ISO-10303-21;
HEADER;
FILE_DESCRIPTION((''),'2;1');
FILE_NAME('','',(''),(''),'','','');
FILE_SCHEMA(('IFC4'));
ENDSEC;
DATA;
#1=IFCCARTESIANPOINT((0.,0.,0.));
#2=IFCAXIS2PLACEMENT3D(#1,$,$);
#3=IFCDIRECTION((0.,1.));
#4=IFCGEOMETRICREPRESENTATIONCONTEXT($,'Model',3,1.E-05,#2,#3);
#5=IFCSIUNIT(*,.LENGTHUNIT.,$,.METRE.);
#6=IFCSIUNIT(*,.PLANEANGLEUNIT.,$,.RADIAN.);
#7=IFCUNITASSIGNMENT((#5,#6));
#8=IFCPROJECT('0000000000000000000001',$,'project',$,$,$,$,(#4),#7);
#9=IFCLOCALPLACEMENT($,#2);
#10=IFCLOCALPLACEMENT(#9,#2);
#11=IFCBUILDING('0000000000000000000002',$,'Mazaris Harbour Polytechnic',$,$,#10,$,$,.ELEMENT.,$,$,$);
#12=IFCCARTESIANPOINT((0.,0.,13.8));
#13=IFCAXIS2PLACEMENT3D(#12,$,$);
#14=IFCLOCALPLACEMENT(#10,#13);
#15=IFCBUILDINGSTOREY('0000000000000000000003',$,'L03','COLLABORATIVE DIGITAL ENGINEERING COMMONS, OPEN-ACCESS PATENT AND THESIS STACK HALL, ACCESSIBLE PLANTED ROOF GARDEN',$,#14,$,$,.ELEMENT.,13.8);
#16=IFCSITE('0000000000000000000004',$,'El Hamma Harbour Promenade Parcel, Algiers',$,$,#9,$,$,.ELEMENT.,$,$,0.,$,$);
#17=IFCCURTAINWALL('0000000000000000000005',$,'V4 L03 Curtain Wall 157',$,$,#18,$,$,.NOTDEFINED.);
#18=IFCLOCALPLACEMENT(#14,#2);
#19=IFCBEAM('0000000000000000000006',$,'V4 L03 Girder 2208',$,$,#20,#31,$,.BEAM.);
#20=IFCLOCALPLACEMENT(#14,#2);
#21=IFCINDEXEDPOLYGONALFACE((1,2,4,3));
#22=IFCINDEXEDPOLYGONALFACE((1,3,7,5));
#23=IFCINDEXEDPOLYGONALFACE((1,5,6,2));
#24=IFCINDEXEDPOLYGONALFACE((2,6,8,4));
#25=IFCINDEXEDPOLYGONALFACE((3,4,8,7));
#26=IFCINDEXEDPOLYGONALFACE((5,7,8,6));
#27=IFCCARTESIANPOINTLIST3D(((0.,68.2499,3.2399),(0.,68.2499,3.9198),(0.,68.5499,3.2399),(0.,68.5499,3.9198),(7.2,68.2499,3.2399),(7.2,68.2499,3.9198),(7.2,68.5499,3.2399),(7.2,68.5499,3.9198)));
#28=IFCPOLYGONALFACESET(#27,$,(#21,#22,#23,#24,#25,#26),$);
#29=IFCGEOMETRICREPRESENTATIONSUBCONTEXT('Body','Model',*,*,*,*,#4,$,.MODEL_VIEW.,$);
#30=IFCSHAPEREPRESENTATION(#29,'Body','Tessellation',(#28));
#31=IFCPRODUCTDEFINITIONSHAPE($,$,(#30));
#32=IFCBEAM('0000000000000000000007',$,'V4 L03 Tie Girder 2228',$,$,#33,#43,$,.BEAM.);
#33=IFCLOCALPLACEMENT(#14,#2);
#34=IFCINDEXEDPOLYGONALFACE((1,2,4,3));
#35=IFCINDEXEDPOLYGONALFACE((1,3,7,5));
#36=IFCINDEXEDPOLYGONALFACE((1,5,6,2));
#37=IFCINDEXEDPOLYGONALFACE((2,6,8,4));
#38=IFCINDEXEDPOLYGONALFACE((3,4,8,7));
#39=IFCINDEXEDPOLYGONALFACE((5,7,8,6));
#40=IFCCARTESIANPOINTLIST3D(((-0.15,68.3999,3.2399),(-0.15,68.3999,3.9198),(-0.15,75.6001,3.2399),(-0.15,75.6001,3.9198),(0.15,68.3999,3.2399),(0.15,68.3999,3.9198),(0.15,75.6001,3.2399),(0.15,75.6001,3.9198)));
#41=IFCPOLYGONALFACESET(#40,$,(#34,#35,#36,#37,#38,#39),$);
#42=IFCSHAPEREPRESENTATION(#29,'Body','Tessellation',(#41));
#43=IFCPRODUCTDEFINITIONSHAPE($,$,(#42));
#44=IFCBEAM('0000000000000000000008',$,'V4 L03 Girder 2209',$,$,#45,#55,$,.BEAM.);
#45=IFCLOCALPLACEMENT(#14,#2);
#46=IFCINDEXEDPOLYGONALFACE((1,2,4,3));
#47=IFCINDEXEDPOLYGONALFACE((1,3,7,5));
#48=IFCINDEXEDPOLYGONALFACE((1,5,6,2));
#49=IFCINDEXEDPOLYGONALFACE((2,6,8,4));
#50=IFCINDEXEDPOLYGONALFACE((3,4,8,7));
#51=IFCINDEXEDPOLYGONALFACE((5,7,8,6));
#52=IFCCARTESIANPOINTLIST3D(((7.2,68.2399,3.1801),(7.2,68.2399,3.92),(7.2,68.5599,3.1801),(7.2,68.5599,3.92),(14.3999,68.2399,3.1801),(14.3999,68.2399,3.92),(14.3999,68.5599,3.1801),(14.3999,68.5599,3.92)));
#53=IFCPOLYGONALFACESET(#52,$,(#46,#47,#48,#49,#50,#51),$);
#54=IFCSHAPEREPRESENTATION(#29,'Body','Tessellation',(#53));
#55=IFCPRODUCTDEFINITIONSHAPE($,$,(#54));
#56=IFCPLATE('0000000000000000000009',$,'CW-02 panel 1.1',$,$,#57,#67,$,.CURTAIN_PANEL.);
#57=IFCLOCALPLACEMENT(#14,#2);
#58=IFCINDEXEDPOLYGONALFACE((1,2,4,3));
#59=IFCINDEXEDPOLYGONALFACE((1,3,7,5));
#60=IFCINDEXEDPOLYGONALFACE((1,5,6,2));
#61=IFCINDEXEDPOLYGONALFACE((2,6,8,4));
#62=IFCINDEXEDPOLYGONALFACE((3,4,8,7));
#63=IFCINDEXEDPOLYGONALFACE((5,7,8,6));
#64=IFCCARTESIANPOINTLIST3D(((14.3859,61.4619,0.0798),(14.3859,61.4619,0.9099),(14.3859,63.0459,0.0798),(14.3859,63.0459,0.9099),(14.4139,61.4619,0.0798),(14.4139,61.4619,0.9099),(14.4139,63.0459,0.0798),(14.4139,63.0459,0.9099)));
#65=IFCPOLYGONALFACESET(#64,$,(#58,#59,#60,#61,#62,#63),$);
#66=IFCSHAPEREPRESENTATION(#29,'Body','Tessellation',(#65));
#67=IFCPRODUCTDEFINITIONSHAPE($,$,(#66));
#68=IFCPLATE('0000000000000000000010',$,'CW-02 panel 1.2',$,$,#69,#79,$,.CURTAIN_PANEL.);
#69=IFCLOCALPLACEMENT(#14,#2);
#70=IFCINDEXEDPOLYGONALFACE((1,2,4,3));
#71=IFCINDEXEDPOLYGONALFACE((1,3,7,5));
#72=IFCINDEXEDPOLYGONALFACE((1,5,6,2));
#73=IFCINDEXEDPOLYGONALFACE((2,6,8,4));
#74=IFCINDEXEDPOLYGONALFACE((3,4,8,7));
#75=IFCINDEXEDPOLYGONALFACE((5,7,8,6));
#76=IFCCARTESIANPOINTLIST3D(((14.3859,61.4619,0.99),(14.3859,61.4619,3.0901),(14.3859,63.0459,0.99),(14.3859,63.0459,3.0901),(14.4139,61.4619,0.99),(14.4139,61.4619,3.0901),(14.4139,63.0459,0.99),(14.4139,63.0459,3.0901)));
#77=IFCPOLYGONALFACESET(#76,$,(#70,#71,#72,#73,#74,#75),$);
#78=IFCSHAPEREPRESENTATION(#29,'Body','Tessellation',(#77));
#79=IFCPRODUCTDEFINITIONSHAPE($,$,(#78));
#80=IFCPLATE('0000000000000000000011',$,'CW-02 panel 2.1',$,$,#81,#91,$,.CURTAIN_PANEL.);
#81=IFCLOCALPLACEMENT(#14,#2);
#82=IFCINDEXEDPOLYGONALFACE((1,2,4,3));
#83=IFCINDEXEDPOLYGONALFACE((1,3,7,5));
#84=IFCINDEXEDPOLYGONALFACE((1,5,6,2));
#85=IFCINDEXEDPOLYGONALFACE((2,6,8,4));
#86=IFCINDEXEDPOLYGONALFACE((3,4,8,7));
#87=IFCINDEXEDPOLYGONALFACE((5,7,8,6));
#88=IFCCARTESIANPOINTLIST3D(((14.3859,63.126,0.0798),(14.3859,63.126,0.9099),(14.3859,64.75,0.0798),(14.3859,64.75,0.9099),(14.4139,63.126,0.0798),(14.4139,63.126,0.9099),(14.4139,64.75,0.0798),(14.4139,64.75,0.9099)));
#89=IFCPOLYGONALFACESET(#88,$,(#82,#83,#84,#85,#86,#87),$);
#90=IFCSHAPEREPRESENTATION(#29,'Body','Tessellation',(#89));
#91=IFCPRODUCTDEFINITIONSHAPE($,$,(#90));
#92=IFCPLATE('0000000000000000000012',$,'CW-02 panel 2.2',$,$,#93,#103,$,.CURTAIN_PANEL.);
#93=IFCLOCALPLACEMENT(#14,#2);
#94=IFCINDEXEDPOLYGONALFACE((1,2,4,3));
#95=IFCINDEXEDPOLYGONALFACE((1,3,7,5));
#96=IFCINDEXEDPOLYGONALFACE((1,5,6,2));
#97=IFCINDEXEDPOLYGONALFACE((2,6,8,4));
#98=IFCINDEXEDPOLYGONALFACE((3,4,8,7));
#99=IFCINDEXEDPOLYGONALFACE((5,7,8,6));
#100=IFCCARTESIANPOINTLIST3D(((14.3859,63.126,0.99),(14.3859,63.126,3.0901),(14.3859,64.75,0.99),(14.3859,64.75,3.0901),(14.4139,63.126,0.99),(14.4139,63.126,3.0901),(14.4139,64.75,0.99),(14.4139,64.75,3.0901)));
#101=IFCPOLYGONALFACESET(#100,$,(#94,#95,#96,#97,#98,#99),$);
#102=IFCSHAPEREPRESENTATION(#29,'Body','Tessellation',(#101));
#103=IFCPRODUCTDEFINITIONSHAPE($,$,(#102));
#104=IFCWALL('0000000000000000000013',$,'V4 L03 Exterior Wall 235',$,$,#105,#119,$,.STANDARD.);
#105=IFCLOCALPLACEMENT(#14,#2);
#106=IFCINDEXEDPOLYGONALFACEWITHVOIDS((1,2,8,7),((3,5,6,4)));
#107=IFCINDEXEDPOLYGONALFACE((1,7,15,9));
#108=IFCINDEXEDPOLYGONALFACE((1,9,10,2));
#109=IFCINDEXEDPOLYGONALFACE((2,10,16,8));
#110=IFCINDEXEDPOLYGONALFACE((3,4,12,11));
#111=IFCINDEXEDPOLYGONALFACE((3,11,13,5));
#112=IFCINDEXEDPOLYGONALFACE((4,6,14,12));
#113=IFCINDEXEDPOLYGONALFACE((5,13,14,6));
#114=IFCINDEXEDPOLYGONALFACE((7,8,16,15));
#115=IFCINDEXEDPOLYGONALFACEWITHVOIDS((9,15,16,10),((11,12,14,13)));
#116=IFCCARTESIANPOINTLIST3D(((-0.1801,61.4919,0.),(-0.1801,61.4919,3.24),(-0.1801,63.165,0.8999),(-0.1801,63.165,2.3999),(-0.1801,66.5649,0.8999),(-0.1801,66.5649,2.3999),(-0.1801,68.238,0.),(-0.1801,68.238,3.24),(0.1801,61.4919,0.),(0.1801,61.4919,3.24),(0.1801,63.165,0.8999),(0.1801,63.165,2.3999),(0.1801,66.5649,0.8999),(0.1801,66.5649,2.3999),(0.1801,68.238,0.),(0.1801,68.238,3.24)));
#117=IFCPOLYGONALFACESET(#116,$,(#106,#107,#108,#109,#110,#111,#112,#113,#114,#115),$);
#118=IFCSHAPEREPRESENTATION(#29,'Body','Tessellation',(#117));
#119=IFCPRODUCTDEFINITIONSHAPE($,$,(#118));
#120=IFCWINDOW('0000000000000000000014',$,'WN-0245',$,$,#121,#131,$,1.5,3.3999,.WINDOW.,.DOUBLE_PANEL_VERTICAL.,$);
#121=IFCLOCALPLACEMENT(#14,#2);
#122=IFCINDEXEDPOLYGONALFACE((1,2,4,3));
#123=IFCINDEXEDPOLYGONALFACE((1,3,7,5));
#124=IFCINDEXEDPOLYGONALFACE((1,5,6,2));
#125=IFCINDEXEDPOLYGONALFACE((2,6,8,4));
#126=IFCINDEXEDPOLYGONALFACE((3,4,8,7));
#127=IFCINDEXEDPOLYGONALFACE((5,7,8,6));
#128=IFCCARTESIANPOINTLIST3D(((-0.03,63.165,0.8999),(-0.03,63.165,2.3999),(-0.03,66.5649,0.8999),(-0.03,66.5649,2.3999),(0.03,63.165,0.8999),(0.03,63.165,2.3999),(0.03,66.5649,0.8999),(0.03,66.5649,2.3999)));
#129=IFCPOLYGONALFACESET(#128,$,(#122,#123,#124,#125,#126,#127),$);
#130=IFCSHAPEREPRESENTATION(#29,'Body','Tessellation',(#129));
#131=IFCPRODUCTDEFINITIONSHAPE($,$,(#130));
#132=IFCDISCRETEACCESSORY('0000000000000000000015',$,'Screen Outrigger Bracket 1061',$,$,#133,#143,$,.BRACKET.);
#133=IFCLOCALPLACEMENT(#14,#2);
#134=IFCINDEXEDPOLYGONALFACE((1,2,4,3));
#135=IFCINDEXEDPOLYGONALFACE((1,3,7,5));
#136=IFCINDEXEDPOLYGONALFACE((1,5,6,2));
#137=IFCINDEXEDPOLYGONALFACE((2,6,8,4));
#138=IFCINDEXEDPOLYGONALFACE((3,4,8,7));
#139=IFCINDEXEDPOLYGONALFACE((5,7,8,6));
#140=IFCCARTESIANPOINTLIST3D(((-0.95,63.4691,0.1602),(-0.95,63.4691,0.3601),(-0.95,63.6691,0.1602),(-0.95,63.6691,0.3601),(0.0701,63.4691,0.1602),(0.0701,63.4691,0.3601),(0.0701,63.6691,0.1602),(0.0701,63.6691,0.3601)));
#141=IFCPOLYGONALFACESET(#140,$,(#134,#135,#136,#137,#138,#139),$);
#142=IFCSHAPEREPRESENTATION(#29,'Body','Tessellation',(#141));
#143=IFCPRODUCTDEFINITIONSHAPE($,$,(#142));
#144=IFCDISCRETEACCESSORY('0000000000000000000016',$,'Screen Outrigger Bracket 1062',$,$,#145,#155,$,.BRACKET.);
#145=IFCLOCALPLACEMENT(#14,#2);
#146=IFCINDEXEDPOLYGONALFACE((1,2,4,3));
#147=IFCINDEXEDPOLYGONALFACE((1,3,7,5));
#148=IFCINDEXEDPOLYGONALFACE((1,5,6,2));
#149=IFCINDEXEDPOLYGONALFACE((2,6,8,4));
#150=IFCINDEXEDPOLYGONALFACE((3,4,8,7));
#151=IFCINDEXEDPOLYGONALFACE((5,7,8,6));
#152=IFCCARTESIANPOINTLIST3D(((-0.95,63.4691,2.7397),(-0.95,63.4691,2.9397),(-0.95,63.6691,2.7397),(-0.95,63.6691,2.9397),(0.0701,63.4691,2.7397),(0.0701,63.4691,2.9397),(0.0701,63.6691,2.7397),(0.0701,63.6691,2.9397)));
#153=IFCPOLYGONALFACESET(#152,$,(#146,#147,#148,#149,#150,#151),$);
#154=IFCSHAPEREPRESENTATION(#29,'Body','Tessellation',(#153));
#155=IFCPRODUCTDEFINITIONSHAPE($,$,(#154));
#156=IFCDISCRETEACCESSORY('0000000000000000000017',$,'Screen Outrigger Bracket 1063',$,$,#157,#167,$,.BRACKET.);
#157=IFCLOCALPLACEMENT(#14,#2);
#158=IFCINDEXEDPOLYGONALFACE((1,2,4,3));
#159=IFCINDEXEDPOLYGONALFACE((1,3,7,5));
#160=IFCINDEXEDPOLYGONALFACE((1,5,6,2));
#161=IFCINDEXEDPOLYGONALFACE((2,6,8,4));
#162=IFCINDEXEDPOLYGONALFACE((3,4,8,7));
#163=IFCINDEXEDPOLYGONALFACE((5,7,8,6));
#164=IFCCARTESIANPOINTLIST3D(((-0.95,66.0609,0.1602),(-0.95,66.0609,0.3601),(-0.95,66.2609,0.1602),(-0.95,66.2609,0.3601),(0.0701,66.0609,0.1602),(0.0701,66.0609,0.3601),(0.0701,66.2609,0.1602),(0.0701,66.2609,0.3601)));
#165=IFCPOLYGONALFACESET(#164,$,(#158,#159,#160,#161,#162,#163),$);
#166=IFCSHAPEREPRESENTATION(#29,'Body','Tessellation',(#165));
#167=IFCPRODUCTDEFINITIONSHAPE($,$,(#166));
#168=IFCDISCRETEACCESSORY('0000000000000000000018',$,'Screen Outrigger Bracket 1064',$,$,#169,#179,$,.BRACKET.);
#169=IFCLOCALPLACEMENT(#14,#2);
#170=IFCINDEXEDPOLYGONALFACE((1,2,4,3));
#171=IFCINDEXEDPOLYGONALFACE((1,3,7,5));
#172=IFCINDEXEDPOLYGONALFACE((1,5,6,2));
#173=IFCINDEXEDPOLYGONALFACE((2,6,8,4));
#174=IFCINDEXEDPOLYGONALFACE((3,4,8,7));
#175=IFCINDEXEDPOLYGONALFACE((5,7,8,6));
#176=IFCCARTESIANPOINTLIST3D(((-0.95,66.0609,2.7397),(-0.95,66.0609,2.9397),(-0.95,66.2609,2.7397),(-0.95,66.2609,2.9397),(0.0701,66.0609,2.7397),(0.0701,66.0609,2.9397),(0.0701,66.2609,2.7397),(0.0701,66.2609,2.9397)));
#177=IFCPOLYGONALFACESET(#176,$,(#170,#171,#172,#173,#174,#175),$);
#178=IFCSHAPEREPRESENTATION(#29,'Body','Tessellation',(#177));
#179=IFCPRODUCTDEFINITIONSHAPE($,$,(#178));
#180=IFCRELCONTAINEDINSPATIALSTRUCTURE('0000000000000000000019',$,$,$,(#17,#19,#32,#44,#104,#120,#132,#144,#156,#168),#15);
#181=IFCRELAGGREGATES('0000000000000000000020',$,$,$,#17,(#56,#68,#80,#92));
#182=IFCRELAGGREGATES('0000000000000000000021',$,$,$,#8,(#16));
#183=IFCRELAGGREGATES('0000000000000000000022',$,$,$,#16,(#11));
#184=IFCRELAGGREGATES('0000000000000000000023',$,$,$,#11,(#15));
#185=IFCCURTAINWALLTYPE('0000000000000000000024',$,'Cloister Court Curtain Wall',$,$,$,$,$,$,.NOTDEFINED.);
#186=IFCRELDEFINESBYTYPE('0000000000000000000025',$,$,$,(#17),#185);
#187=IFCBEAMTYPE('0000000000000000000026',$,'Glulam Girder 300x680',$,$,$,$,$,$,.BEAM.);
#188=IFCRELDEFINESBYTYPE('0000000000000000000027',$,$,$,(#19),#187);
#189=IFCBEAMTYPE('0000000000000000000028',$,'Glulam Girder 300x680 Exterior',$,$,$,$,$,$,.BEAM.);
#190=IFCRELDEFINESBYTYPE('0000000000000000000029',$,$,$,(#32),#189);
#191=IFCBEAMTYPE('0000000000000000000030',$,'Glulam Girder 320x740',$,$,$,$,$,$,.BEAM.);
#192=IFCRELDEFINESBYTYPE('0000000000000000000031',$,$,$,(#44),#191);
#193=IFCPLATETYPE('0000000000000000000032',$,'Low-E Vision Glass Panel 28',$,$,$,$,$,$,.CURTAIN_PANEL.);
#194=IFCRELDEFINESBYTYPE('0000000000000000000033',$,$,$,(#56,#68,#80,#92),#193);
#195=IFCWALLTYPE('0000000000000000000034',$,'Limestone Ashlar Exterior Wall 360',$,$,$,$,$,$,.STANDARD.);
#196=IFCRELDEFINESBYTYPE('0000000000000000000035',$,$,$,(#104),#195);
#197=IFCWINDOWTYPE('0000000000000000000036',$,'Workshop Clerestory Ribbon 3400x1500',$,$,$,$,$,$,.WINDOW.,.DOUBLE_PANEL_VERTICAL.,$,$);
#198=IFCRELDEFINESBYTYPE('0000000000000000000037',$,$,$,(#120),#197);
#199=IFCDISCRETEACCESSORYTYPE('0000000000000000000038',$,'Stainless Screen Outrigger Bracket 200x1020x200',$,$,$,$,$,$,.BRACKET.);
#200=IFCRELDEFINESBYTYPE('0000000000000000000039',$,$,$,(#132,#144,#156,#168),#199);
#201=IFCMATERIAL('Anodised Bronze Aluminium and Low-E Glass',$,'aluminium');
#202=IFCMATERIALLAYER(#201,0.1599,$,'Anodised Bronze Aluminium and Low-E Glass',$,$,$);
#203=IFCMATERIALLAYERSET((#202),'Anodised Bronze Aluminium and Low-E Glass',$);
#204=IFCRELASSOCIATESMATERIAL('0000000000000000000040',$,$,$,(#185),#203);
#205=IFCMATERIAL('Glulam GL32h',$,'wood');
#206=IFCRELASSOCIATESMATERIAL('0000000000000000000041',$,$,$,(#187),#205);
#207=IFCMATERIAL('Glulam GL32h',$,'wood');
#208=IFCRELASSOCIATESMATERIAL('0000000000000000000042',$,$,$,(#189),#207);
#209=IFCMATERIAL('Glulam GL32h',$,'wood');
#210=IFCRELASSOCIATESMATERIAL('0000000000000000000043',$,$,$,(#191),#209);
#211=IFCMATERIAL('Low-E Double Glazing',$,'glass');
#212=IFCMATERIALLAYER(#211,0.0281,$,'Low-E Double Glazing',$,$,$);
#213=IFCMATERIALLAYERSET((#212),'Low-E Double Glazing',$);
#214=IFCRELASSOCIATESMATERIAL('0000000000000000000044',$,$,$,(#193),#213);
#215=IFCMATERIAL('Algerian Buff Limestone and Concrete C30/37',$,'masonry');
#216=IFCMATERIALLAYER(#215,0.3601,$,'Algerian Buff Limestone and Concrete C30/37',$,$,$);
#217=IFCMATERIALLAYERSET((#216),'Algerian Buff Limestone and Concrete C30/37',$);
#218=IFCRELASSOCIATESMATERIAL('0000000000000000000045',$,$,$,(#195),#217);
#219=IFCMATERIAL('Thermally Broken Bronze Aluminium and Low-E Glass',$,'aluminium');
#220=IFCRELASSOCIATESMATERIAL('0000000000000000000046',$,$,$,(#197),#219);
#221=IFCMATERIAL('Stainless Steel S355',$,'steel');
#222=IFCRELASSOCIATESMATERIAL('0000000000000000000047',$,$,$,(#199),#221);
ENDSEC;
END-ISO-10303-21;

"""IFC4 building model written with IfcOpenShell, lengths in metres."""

from ifc_helpers import new_model, si_unit, direction, frame, frame_2d, origin, origin_2d, place, context, subcontext, project, spatial, rectangle, extrude, material, layer, layer_set, material_profile, profile_set, type_object, element, fill, aggregate, save


model = new_model("IFC4")

# Units and contexts
model_context = context("Model", 3, precision=1e-05, world=origin(), true_north=direction((0.0, 1.0)))
body_context = subcontext(model_context, "Body", "Model", "MODEL_VIEW")
ifc_project = project(units=[si_unit("LENGTHUNIT", "METRE"), si_unit("PLANEANGLEUNIT", "RADIAN")], contexts=[model_context])

# Site, building, storey
site_placement = place(None, origin())
site = spatial("IfcSite", under=ifc_project, at=site_placement, Name="El Hamma Harbour Promenade Parcel, Algiers", CompositionType="ELEMENT", RefElevation=0.0)
building_placement = place(site_placement, origin())
building = spatial("IfcBuilding", under=site, at=building_placement, Name="Mazaris Harbour Polytechnic", CompositionType="ELEMENT")
storey_placement = place(building_placement, frame((0.0, 0.0, 13.8)))
storey = spatial("IfcBuildingStorey", under=building, at=storey_placement, Name="L03", Description="COLLABORATIVE DIGITAL ENGINEERING COMMONS, OPEN-ACCESS PATENT AND THESIS STACK HALL, ACCESSIBLE PLANTED ROOF GARDEN", CompositionType="ELEMENT", Elevation=13.8)

# Curtain wall
ifc_material_1 = material(Name="Anodised Bronze Aluminium and Low-E Glass", Category="aluminium")
ifc_layer_1 = layer(ifc_material_1, 0.1599, Name="Anodised Bronze Aluminium and Low-E Glass")
ifc_layer_set_1 = layer_set([ifc_layer_1], Name="Anodised Bronze Aluminium and Low-E Glass")
curtain_wall_type = type_object("IfcCurtainWallType", Name="Cloister Court Curtain Wall", PredefinedType="NOTDEFINED", material=ifc_layer_set_1)
curtain_wall_placement = place(storey_placement, origin())
curtain_wall = element("IfcCurtainWall", 1, at=curtain_wall_placement, inside=storey, type_object=curtain_wall_type, Name="V4 L03 Curtain Wall 157", PredefinedType="NOTDEFINED")

# Beams
ifc_material_2 = material(Name="Glulam GL32h", Category="wood")
ifc_material_profile_1 = material_profile(ifc_material_2, rectangle(XDim=0.3, YDim=0.6799, at=origin_2d()), Name="RECT300x680")
ifc_profile_set_1 = profile_set([ifc_material_profile_1], Name="Glulam GL32h")
beam_type_1 = type_object("IfcBeamType", Name="Glulam Girder 300x680", PredefinedType="BEAM", material=ifc_profile_set_1)
beam_1_placement = place(storey_placement, frame((0.0, 68.3999, 3.5798), z_axis=(1.0, 0.0, 0.0), x_axis=(0.0, 1.0, 0.0)))
element("IfcBeam", 2, at=beam_1_placement, inside=storey, type_object=beam_type_1, Name="V4 L03 Girder 2208", PredefinedType="BEAM", context=body_context, shape_type="SweptSolid", body=[
    extrude(rectangle(XDim=0.3, YDim=0.6799, at=origin_2d()), origin(), (0.0, 0.0, 1.0), 7.2),
])
ifc_material_3 = material(Name="Glulam GL32h", Category="wood")
ifc_material_profile_2 = material_profile(ifc_material_3, rectangle(XDim=0.3, YDim=0.6799, at=origin_2d()), Name="RECT300x680")
ifc_profile_set_2 = profile_set([ifc_material_profile_2], Name="Glulam GL32h")
beam_type_2 = type_object("IfcBeamType", Name="Glulam Girder 300x680 Exterior", PredefinedType="BEAM", material=ifc_profile_set_2)
beam_2_placement = place(storey_placement, frame((0.0, 68.3999, 3.5798), z_axis=(0.0, 1.0, 0.0), x_axis=(-1.0, 0.0, 0.0)))
element("IfcBeam", 3, at=beam_2_placement, inside=storey, type_object=beam_type_2, Name="V4 L03 Tie Girder 2228", PredefinedType="BEAM", context=body_context, shape_type="SweptSolid", body=[
    extrude(rectangle(XDim=0.3, YDim=0.6799, at=origin_2d()), origin(), (0.0, 0.0, 1.0), 7.2002),
])
ifc_material_4 = material(Name="Glulam GL32h", Category="wood")
ifc_material_profile_3 = material_profile(ifc_material_4, rectangle(XDim=0.3201, YDim=0.74, at=origin_2d()), Name="RECT320x740")
ifc_profile_set_3 = profile_set([ifc_material_profile_3], Name="Glulam GL32h")
beam_type_3 = type_object("IfcBeamType", Name="Glulam Girder 320x740", PredefinedType="BEAM", material=ifc_profile_set_3)
beam_3_placement = place(storey_placement, frame((7.2, 68.3999, 3.55), z_axis=(1.0, 0.0, 0.0), x_axis=(0.0, 1.0, 0.0)))
element("IfcBeam", 4, at=beam_3_placement, inside=storey, type_object=beam_type_3, Name="V4 L03 Girder 2209", PredefinedType="BEAM", context=body_context, shape_type="SweptSolid", body=[
    extrude(rectangle(XDim=0.3201, YDim=0.74, at=origin_2d()), origin(), (0.0, 0.0, 1.0), 7.2),
])

# Plates
ifc_material_5 = material(Name="Low-E Double Glazing", Category="glass")
ifc_layer_2 = layer(ifc_material_5, 0.0281, Name="Low-E Double Glazing")
ifc_layer_set_2 = layer_set([ifc_layer_2], Name="Low-E Double Glazing")
plate_type = type_object("IfcPlateType", Name="Low-E Vision Glass Panel 28", PredefinedType="CURTAIN_PANEL", material=ifc_layer_set_2)
plate_1_placement = place(storey_placement, frame((14.3999, 62.2539, 0.0798), z_axis=(0.0, 0.0, 1.0), x_axis=(0.0, 1.0, 0.0)))
plate_1 = element("IfcPlate", 5, at=plate_1_placement, type_object=plate_type, Name="CW-02 panel 1.1", PredefinedType="CURTAIN_PANEL", context=body_context, shape_type="SweptSolid", body=[
    extrude(rectangle(XDim=1.584, YDim=0.0281, at=origin_2d()), origin(), (0.0, 0.0, 1.0), 0.8301),
])
plate_2_placement = place(storey_placement, frame((14.3999, 62.2539, 0.99), z_axis=(0.0, 0.0, 1.0), x_axis=(0.0, 1.0, 0.0)))
plate_2 = element("IfcPlate", 6, at=plate_2_placement, type_object=plate_type, Name="CW-02 panel 1.2", PredefinedType="CURTAIN_PANEL", context=body_context, shape_type="SweptSolid", body=[
    extrude(rectangle(XDim=1.584, YDim=0.0281, at=origin_2d()), origin(), (0.0, 0.0, 1.0), 2.1001),
])
plate_3_placement = place(storey_placement, frame((14.3999, 63.938, 0.0798), z_axis=(0.0, 0.0, 1.0), x_axis=(0.0, 1.0, 0.0)))
plate_3 = element("IfcPlate", 7, at=plate_3_placement, type_object=plate_type, Name="CW-02 panel 2.1", PredefinedType="CURTAIN_PANEL", context=body_context, shape_type="SweptSolid", body=[
    extrude(rectangle(XDim=1.624, YDim=0.0281, at=origin_2d()), origin(), (0.0, 0.0, 1.0), 0.8301),
])
plate_4_placement = place(storey_placement, frame((14.3999, 63.938, 0.99), z_axis=(0.0, 0.0, 1.0), x_axis=(0.0, 1.0, 0.0)))
plate_4 = element("IfcPlate", 8, at=plate_4_placement, type_object=plate_type, Name="CW-02 panel 2.2", PredefinedType="CURTAIN_PANEL", context=body_context, shape_type="SweptSolid", body=[
    extrude(rectangle(XDim=1.624, YDim=0.0281, at=origin_2d()), origin(), (0.0, 0.0, 1.0), 2.1001),
])
aggregate(curtain_wall, [plate_1, plate_2, plate_3, plate_4])

# Wall, opening, window
ifc_material_6 = material(Name="Algerian Buff Limestone and Concrete C30/37", Category="masonry")
ifc_layer_3 = layer(ifc_material_6, 0.3601, Name="Algerian Buff Limestone and Concrete C30/37")
ifc_layer_set_3 = layer_set([ifc_layer_3], Name="Algerian Buff Limestone and Concrete C30/37")
wall_type = type_object("IfcWallType", Name="Limestone Ashlar Exterior Wall 360", PredefinedType="STANDARD", material=ifc_layer_set_3)
wall_placement = place(storey_placement, frame((0.0, 61.4919, 0.0), z_axis=(0.0, 0.0, 1.0), x_axis=(0.0, 1.0, 0.0)))
wall = element("IfcWall", 9, at=wall_placement, inside=storey, type_object=wall_type, Name="V4 L03 Exterior Wall 235", PredefinedType="STANDARD", context=body_context, shape_type="SweptSolid", body=[
    extrude(rectangle(XDim=6.7461, YDim=0.3601, at=frame_2d((3.373, 0.0))), origin(), (0.0, 0.0, 1.0), 3.24),
])
opening_placement = place(wall_placement, frame((1.6731, 0.0, 0.8999)))
opening = element("IfcOpeningElement", 10, at=opening_placement, cuts=wall, PredefinedType="OPENING", context=body_context, shape_type="SweptSolid", body=[
    extrude(rectangle(XDim=3.3999, YDim=1.5, at=frame_2d((1.7, 0.75))), frame((0.0, 0.1899, 0.0), z_axis=(0.0, -1.0, 0.0), x_axis=(1.0, 0.0, 0.0)), (0.0, 0.0, 1.0), 0.3801),
])
ifc_material_7 = material(Name="Thermally Broken Bronze Aluminium and Low-E Glass", Category="aluminium")
window_type = type_object("IfcWindowType", Name="Workshop Clerestory Ribbon 3400x1500", PartitioningType="DOUBLE_PANEL_VERTICAL", PredefinedType="WINDOW", material=ifc_material_7)
window_placement = place(opening_placement, origin())
window = element("IfcWindow", 11, at=window_placement, inside=storey, type_object=window_type, Name="WN-0245", OverallHeight=1.5, OverallWidth=3.3999, PartitioningType="DOUBLE_PANEL_VERTICAL", PredefinedType="WINDOW", context=body_context, shape_type="SweptSolid", body=[
    extrude(rectangle(XDim=3.3999, YDim=1.5, at=frame_2d((1.7, 0.75))), frame((0.0, 0.03, 0.0), z_axis=(0.0, -1.0, 0.0), x_axis=(1.0, 0.0, 0.0)), (0.0, 0.0, 1.0), 0.0601),
])
fill(opening, window)

# Discrete accessories
ifc_material_8 = material(Name="Stainless Steel S355", Category="steel")
discrete_accessory_type = type_object("IfcDiscreteAccessoryType", Name="Stainless Screen Outrigger Bracket 200x1020x200", PredefinedType="BRACKET", material=ifc_material_8)
for number, where, z_axis, x_axis, name in (
    (12, (-0.4399, 63.5691, 0.1602), (0.0, 0.0, 1.0), (0.0, 1.0, 0.0), "Screen Outrigger Bracket 1061"),
    (13, (-0.4399, 63.5691, 2.7397), (0.0, 0.0, 1.0), (0.0, 1.0, 0.0), "Screen Outrigger Bracket 1062"),
    (14, (-0.4399, 66.1609, 0.1602), (0.0, 0.0, 1.0), (0.0, 1.0, 0.0), "Screen Outrigger Bracket 1063"),
    (15, (-0.4399, 66.1609, 2.7397), (0.0, 0.0, 1.0), (0.0, 1.0, 0.0), "Screen Outrigger Bracket 1064"),
):
    element("IfcDiscreteAccessory", number, at=place(storey_placement, frame(where, z_axis=z_axis, x_axis=x_axis)), inside=storey, type_object=discrete_accessory_type, Name=name, PredefinedType="BRACKET", context=body_context, shape_type="SweptSolid", body=[
        extrude(rectangle(XDim=0.2, YDim=1.02, at=origin_2d()), origin(), (0.0, 0.0, 1.0), 0.2),
    ])

save(model, "model.ifc")
